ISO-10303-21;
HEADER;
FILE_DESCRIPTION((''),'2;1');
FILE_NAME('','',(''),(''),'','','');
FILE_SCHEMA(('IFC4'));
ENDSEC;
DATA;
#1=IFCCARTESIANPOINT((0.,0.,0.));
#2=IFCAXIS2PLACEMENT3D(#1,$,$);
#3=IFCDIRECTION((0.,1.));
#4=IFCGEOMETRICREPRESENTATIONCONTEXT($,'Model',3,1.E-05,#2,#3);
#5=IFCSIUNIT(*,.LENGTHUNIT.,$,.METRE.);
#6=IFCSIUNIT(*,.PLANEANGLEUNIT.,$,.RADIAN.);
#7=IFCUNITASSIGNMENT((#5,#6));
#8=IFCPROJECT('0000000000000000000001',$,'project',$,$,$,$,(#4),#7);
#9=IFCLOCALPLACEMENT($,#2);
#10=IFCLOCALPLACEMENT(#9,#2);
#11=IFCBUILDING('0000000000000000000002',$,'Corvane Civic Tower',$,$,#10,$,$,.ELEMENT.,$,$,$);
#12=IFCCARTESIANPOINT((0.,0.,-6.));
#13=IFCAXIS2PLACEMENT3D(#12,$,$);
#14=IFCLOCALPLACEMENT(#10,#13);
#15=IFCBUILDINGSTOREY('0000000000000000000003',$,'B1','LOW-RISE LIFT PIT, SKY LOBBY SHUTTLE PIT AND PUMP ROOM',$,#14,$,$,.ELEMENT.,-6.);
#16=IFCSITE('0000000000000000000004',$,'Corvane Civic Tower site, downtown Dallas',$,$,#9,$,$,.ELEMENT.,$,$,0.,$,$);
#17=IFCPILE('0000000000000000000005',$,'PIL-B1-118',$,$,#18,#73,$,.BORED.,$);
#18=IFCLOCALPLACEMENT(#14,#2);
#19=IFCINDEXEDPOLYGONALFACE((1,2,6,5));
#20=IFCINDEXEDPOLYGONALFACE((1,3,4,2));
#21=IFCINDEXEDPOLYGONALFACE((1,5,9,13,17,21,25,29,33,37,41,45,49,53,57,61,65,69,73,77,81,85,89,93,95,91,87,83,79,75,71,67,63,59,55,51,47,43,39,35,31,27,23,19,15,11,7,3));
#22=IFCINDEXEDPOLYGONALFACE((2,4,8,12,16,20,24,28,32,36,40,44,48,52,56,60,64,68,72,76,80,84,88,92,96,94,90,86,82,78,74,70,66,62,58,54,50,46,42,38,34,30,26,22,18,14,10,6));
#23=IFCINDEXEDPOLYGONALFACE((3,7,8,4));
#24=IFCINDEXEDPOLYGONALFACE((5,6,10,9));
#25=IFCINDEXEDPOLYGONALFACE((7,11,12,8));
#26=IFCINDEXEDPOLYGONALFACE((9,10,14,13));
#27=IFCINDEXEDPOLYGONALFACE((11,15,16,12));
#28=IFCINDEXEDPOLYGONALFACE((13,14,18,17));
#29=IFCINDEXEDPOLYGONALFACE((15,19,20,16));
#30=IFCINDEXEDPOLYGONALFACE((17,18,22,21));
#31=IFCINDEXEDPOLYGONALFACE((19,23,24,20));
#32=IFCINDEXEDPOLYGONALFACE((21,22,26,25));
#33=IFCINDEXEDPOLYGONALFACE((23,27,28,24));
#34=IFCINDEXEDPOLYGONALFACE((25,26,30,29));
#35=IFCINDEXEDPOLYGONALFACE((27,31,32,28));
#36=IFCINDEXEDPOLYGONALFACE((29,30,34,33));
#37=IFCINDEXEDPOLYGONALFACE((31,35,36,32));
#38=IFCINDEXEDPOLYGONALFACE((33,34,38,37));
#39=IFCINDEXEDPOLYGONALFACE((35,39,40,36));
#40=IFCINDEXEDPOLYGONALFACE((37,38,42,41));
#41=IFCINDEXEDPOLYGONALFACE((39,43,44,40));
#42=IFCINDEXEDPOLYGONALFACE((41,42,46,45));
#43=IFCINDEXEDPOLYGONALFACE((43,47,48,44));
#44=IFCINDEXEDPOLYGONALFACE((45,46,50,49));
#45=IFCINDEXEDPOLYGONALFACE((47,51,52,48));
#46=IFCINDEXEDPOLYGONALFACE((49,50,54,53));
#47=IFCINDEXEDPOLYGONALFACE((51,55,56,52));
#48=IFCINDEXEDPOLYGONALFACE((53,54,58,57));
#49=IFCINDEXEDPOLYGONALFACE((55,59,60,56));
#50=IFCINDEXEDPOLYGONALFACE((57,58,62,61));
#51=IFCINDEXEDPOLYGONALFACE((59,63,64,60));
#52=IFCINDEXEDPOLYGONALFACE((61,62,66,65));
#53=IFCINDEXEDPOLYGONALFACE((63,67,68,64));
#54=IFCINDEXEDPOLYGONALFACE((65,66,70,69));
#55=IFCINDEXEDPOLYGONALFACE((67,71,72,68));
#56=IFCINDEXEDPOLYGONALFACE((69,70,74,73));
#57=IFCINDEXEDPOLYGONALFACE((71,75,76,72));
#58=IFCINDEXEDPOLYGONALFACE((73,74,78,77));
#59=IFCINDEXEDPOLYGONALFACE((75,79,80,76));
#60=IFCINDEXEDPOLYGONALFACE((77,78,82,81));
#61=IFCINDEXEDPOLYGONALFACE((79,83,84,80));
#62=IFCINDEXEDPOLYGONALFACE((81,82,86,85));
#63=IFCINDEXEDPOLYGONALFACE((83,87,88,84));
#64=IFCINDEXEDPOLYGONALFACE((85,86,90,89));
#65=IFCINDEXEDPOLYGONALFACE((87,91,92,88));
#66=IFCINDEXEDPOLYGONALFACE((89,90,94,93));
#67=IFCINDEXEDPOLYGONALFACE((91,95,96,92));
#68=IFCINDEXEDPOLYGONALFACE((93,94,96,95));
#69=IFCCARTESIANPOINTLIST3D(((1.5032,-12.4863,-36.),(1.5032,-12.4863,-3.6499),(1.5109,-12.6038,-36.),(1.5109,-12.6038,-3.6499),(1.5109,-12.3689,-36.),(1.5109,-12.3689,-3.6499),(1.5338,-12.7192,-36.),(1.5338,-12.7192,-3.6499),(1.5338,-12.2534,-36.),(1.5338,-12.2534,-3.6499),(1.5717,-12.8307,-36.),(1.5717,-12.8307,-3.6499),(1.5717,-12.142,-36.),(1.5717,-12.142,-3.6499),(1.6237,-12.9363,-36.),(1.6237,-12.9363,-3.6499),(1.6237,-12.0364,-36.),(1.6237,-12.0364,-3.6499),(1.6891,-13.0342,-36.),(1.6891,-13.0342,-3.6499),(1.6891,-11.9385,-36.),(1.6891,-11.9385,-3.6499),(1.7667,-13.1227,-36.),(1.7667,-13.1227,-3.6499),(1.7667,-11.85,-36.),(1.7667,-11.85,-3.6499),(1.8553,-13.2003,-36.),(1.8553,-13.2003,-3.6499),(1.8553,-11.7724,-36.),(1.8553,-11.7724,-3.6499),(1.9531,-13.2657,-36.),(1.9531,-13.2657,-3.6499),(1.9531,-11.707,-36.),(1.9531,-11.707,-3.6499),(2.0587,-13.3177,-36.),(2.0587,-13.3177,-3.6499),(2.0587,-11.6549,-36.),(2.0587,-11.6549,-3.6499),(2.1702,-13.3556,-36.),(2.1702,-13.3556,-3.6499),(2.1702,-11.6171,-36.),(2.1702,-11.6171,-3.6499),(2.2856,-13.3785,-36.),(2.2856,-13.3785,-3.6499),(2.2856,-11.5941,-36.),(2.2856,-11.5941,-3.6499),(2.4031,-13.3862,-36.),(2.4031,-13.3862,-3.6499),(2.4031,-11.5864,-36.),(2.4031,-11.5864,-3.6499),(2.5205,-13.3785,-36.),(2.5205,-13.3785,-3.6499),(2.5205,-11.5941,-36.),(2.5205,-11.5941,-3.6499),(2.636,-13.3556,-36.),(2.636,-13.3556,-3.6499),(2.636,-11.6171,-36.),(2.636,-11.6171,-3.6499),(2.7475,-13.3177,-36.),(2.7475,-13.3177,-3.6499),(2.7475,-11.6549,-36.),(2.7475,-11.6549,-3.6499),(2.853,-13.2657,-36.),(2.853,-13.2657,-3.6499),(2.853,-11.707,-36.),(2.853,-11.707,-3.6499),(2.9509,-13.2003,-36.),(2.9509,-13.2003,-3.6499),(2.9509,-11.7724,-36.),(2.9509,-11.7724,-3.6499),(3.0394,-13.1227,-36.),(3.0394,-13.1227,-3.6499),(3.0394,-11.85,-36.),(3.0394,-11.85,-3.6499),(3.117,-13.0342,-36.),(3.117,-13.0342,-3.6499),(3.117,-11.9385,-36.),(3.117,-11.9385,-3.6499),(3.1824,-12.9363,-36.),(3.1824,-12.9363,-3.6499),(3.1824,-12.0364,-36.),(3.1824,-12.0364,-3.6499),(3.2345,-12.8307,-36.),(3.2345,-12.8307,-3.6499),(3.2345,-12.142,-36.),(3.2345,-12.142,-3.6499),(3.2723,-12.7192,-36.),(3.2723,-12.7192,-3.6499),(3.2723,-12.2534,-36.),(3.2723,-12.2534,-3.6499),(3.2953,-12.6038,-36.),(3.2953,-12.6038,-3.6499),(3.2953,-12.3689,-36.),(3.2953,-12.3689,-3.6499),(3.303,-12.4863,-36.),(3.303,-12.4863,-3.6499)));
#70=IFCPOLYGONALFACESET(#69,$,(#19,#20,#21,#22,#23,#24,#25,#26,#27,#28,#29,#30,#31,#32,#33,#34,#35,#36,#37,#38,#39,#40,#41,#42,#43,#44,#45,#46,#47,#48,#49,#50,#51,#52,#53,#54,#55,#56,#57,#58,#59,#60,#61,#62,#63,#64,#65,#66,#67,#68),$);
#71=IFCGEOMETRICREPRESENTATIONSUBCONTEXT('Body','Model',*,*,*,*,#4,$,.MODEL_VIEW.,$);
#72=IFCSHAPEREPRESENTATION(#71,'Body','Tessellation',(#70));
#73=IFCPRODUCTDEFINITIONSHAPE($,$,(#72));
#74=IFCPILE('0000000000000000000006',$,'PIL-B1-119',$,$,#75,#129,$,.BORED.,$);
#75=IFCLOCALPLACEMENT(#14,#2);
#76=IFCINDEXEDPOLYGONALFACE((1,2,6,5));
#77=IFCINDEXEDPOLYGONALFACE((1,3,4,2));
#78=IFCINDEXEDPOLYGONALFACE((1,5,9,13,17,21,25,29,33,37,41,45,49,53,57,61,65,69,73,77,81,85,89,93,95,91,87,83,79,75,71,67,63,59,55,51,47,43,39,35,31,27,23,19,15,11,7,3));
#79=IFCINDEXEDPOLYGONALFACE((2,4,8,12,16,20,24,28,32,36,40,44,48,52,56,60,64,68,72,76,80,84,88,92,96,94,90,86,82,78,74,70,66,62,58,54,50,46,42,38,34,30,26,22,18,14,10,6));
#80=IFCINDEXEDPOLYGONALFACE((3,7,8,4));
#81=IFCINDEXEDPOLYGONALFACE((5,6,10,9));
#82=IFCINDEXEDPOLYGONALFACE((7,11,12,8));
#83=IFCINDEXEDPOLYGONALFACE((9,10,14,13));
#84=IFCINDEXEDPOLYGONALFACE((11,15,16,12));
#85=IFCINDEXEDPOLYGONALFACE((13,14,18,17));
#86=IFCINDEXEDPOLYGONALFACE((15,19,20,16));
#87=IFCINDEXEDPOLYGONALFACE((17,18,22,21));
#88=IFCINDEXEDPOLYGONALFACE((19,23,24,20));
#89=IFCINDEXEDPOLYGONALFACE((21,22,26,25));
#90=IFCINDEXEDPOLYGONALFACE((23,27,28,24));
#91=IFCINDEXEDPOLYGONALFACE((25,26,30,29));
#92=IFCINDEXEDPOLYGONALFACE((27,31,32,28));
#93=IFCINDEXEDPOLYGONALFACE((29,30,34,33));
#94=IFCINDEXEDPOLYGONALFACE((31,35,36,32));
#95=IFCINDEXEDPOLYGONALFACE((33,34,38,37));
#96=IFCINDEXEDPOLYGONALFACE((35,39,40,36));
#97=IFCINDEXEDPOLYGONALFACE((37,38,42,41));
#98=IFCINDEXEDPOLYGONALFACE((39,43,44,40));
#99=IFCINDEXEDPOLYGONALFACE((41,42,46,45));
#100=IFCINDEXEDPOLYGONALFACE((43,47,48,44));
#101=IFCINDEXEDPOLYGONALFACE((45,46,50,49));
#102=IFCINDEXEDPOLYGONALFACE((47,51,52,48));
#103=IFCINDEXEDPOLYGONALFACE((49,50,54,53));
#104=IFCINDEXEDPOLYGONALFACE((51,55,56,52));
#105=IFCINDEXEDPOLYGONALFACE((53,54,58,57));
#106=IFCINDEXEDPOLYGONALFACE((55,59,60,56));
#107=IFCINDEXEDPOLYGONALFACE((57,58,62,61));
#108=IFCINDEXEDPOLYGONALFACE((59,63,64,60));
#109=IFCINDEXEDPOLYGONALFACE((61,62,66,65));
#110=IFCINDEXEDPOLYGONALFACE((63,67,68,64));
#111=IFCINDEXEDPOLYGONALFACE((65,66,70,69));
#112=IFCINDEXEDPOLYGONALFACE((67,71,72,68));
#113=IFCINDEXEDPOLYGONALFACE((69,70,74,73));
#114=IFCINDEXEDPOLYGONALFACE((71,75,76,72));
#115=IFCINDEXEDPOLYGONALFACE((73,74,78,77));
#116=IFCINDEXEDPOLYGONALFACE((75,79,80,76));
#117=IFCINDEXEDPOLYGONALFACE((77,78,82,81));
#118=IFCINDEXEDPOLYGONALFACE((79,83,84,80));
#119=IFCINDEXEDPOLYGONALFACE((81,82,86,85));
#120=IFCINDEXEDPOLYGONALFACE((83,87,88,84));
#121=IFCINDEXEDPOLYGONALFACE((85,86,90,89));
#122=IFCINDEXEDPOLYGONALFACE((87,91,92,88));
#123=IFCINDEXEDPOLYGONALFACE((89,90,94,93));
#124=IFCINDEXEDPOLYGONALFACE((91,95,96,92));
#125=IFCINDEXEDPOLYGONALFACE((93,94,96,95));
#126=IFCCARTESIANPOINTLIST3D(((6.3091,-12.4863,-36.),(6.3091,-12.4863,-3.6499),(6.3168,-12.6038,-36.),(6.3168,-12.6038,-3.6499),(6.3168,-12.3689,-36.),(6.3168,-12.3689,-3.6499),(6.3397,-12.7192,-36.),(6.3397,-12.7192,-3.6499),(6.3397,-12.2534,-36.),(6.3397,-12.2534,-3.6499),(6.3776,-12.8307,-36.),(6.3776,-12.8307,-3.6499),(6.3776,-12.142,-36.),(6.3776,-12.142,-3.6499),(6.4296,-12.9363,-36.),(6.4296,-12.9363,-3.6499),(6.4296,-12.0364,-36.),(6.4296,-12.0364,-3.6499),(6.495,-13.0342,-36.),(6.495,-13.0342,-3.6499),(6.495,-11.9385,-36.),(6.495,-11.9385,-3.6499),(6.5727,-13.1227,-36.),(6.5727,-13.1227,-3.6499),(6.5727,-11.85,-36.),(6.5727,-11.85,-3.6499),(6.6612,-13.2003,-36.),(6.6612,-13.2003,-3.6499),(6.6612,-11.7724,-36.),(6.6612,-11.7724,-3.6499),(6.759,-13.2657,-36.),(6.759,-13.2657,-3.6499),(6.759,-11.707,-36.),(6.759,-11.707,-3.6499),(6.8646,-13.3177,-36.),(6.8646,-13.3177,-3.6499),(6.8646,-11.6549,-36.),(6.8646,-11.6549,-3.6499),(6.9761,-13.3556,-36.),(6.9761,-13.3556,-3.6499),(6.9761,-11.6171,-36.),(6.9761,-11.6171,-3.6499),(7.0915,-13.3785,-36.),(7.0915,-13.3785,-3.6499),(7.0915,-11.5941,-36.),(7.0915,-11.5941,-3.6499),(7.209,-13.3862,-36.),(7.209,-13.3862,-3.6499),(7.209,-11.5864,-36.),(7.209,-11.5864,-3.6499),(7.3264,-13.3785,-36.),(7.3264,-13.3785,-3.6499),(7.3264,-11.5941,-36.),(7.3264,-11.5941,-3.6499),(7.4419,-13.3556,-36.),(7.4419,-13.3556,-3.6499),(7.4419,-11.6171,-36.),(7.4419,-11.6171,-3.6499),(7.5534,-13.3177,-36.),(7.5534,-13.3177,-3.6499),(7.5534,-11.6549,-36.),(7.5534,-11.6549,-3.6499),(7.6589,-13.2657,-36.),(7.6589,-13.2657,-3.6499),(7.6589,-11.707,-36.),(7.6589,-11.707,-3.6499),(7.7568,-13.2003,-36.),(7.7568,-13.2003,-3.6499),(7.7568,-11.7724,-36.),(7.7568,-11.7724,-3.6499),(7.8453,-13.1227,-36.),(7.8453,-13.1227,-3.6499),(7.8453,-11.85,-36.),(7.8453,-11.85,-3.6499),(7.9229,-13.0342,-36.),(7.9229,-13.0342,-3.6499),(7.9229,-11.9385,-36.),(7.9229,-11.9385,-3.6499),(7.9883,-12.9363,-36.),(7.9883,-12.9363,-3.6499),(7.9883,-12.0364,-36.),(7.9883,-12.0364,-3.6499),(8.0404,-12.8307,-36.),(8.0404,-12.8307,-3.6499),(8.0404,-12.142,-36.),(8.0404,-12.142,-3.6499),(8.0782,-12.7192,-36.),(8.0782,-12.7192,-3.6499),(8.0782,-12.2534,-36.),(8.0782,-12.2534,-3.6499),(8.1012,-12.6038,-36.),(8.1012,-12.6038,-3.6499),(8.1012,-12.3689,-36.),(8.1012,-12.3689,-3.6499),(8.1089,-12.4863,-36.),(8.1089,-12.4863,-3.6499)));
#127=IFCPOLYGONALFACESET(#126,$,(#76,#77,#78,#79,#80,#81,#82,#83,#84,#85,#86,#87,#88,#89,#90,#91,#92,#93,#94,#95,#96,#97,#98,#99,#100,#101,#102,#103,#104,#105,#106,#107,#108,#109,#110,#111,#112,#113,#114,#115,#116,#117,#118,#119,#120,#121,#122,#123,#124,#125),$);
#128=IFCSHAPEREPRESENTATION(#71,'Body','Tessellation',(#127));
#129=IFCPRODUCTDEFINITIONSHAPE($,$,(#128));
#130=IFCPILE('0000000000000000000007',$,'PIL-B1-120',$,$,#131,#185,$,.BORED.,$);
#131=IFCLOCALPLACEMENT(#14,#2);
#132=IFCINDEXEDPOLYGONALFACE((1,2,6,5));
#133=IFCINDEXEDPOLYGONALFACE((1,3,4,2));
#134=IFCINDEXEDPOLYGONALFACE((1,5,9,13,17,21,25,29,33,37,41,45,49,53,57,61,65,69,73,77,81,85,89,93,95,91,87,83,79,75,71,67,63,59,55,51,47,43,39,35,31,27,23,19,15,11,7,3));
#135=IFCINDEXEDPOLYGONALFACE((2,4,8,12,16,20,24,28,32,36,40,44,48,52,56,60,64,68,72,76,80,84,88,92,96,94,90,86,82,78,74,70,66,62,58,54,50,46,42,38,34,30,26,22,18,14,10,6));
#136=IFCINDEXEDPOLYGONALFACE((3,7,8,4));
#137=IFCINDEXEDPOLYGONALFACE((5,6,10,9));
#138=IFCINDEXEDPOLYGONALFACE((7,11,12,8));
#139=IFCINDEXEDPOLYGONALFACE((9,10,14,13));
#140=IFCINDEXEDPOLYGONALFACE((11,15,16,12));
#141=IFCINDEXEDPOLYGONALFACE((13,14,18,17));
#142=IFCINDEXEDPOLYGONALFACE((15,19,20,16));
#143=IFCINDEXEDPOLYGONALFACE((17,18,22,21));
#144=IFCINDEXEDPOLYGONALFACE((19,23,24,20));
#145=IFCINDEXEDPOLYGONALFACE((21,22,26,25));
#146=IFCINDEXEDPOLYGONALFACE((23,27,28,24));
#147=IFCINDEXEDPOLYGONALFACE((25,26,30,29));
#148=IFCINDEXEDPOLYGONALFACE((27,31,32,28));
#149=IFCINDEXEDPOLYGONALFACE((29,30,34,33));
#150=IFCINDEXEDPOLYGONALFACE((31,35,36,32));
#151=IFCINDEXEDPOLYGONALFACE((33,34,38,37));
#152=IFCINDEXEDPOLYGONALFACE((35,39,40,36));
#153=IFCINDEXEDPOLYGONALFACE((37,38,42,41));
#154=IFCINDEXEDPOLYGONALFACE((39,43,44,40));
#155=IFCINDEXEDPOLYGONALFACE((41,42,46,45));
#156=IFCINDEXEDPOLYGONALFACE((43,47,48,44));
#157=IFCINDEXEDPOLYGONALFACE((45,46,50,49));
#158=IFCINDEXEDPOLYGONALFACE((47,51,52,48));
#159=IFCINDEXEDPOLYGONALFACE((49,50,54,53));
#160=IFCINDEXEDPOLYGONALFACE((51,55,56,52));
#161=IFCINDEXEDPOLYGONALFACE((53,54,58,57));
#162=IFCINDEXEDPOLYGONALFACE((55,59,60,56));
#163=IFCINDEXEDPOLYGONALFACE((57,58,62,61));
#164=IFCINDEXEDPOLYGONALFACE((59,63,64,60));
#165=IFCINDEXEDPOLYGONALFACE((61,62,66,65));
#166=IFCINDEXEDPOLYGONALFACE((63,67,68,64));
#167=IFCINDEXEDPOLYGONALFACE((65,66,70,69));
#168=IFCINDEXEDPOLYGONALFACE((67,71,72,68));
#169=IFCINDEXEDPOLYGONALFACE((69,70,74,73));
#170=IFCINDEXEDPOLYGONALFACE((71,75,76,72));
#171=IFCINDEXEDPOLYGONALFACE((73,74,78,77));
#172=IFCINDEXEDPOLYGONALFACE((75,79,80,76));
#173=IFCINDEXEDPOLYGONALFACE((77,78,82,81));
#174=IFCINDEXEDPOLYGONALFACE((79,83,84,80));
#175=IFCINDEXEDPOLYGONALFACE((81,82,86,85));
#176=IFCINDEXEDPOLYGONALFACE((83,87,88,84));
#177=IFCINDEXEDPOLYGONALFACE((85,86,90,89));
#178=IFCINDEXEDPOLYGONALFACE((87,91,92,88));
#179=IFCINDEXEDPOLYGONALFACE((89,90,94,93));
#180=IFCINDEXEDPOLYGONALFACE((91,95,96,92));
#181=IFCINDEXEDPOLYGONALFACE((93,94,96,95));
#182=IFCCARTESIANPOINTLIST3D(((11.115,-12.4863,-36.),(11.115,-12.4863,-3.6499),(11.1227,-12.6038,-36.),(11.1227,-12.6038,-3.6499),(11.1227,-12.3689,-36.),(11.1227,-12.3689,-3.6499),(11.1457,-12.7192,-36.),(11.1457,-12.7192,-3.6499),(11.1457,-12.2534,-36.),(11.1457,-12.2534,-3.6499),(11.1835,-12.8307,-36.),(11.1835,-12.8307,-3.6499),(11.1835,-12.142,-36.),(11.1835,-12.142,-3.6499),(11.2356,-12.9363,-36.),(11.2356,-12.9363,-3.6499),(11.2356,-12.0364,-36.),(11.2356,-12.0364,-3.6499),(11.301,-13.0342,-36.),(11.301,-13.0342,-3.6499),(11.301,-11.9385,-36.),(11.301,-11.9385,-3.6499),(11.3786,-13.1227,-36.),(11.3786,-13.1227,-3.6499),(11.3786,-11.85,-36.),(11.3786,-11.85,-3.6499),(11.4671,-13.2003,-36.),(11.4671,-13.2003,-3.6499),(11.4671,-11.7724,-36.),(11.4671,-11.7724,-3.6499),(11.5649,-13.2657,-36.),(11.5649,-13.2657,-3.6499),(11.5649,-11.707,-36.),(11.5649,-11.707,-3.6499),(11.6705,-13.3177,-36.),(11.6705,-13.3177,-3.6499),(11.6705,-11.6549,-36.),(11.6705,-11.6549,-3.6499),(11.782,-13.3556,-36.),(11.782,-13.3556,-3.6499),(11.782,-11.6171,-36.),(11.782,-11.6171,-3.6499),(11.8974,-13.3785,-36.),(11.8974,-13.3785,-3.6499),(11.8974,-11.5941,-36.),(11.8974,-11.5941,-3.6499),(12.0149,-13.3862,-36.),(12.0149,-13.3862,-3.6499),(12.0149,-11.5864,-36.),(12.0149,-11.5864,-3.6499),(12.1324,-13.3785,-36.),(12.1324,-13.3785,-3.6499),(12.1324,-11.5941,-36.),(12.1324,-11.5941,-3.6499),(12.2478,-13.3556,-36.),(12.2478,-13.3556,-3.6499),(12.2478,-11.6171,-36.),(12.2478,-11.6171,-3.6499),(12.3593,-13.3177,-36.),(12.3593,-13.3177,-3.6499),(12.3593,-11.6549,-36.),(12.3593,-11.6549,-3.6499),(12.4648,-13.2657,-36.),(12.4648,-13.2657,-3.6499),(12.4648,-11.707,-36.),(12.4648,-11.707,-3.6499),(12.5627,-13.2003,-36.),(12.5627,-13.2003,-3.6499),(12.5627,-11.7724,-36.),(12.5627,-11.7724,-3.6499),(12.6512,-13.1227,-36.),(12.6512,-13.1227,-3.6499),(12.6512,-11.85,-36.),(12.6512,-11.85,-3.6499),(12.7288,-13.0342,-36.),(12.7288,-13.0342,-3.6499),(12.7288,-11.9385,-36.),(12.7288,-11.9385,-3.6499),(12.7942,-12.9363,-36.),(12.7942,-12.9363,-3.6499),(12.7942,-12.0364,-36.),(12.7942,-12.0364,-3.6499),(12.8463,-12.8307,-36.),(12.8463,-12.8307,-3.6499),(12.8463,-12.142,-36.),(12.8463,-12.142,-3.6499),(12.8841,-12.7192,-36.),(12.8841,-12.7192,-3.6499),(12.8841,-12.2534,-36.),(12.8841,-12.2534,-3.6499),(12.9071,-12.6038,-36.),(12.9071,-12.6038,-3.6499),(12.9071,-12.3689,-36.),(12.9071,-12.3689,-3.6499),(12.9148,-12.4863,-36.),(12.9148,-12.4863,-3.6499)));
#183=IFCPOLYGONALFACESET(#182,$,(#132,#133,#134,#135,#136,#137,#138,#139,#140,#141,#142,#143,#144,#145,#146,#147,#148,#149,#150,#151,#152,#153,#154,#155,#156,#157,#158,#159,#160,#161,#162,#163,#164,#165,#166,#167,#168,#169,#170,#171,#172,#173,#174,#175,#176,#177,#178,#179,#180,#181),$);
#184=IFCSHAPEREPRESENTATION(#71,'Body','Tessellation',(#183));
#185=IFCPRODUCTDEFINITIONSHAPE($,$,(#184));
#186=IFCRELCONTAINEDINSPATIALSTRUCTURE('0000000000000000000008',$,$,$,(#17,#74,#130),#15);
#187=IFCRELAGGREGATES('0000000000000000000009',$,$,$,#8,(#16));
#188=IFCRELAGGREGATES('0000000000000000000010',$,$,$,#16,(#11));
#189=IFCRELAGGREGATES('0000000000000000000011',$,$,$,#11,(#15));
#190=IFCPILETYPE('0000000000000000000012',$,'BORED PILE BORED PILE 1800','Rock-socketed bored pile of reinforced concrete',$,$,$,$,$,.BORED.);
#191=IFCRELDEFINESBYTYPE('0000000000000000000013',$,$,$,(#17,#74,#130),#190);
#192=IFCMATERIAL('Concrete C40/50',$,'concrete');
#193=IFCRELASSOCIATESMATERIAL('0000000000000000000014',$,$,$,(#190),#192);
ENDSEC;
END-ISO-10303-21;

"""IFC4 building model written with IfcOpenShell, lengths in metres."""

from ifc_helpers import new_model, si_unit, direction, frame, origin, origin_2d, place, context, subcontext, project, spatial, circle, extrude, material, material_profile, profile_set, type_object, element, save


model = new_model("IFC4")

# Units and contexts
model_context = context("Model", 3, precision=1e-05, world=origin(), true_north=direction((0.0, 1.0)))
body_context = subcontext(model_context, "Body", "Model", "MODEL_VIEW")
ifc_project = project(units=[si_unit("LENGTHUNIT", "METRE"), si_unit("PLANEANGLEUNIT", "RADIAN")], contexts=[model_context])

# Site, building, storey
site_placement = place(None, origin())
site = spatial("IfcSite", under=ifc_project, at=site_placement, Name="Corvane Civic Tower site, downtown Dallas", CompositionType="ELEMENT", RefElevation=0.0)
building_placement = place(site_placement, origin())
building = spatial("IfcBuilding", under=site, at=building_placement, Name="Corvane Civic Tower", CompositionType="ELEMENT")
storey_placement = place(building_placement, frame((0.0, 0.0, -6.0)))
storey = spatial("IfcBuildingStorey", under=building, at=storey_placement, Name="B1", Description="LOW-RISE LIFT PIT, SKY LOBBY SHUTTLE PIT AND PUMP ROOM", CompositionType="ELEMENT", Elevation=-6.0)

# Piles
ifc_material_1 = material(Name="Concrete C40/50", Category="concrete")
ifc_material_profile = material_profile(ifc_material_1, circle(Radius=0.8999, at=origin_2d()), Name="BORED PILE 1800")
ifc_profile_set = profile_set([ifc_material_profile], Name="Concrete C40/50")
pile_type = type_object("IfcPileType", Name="BORED PILE BORED PILE 1800", Description="Rock-socketed bored pile of reinforced concrete", PredefinedType="BORED", material=ifc_profile_set)
for number, where, z_axis, x_axis, name in (
    (1, (2.4031, -12.4863, -3.6499), (0.0, 0.0, -1.0), (1.0, 0.0, 0.0), "PIL-B1-118"),
    (2, (7.209, -12.4863, -3.6499), (0.0, 0.0, -1.0), (1.0, 0.0, 0.0), "PIL-B1-119"),
    (3, (12.0149, -12.4863, -3.6499), (0.0, 0.0, -1.0), (1.0, 0.0, 0.0), "PIL-B1-120"),
):
    element("IfcPile", number, at=place(storey_placement, frame(where, z_axis=z_axis, x_axis=x_axis)), inside=storey, type_object=pile_type, Name=name, PredefinedType="BORED", context=body_context, shape_type="SweptSolid", body=[
        extrude(circle(Radius=0.8999, at=origin_2d()), origin(), (0.0, 0.0, 1.0), 32.3501),
    ])

save(model, "model.ifc")
